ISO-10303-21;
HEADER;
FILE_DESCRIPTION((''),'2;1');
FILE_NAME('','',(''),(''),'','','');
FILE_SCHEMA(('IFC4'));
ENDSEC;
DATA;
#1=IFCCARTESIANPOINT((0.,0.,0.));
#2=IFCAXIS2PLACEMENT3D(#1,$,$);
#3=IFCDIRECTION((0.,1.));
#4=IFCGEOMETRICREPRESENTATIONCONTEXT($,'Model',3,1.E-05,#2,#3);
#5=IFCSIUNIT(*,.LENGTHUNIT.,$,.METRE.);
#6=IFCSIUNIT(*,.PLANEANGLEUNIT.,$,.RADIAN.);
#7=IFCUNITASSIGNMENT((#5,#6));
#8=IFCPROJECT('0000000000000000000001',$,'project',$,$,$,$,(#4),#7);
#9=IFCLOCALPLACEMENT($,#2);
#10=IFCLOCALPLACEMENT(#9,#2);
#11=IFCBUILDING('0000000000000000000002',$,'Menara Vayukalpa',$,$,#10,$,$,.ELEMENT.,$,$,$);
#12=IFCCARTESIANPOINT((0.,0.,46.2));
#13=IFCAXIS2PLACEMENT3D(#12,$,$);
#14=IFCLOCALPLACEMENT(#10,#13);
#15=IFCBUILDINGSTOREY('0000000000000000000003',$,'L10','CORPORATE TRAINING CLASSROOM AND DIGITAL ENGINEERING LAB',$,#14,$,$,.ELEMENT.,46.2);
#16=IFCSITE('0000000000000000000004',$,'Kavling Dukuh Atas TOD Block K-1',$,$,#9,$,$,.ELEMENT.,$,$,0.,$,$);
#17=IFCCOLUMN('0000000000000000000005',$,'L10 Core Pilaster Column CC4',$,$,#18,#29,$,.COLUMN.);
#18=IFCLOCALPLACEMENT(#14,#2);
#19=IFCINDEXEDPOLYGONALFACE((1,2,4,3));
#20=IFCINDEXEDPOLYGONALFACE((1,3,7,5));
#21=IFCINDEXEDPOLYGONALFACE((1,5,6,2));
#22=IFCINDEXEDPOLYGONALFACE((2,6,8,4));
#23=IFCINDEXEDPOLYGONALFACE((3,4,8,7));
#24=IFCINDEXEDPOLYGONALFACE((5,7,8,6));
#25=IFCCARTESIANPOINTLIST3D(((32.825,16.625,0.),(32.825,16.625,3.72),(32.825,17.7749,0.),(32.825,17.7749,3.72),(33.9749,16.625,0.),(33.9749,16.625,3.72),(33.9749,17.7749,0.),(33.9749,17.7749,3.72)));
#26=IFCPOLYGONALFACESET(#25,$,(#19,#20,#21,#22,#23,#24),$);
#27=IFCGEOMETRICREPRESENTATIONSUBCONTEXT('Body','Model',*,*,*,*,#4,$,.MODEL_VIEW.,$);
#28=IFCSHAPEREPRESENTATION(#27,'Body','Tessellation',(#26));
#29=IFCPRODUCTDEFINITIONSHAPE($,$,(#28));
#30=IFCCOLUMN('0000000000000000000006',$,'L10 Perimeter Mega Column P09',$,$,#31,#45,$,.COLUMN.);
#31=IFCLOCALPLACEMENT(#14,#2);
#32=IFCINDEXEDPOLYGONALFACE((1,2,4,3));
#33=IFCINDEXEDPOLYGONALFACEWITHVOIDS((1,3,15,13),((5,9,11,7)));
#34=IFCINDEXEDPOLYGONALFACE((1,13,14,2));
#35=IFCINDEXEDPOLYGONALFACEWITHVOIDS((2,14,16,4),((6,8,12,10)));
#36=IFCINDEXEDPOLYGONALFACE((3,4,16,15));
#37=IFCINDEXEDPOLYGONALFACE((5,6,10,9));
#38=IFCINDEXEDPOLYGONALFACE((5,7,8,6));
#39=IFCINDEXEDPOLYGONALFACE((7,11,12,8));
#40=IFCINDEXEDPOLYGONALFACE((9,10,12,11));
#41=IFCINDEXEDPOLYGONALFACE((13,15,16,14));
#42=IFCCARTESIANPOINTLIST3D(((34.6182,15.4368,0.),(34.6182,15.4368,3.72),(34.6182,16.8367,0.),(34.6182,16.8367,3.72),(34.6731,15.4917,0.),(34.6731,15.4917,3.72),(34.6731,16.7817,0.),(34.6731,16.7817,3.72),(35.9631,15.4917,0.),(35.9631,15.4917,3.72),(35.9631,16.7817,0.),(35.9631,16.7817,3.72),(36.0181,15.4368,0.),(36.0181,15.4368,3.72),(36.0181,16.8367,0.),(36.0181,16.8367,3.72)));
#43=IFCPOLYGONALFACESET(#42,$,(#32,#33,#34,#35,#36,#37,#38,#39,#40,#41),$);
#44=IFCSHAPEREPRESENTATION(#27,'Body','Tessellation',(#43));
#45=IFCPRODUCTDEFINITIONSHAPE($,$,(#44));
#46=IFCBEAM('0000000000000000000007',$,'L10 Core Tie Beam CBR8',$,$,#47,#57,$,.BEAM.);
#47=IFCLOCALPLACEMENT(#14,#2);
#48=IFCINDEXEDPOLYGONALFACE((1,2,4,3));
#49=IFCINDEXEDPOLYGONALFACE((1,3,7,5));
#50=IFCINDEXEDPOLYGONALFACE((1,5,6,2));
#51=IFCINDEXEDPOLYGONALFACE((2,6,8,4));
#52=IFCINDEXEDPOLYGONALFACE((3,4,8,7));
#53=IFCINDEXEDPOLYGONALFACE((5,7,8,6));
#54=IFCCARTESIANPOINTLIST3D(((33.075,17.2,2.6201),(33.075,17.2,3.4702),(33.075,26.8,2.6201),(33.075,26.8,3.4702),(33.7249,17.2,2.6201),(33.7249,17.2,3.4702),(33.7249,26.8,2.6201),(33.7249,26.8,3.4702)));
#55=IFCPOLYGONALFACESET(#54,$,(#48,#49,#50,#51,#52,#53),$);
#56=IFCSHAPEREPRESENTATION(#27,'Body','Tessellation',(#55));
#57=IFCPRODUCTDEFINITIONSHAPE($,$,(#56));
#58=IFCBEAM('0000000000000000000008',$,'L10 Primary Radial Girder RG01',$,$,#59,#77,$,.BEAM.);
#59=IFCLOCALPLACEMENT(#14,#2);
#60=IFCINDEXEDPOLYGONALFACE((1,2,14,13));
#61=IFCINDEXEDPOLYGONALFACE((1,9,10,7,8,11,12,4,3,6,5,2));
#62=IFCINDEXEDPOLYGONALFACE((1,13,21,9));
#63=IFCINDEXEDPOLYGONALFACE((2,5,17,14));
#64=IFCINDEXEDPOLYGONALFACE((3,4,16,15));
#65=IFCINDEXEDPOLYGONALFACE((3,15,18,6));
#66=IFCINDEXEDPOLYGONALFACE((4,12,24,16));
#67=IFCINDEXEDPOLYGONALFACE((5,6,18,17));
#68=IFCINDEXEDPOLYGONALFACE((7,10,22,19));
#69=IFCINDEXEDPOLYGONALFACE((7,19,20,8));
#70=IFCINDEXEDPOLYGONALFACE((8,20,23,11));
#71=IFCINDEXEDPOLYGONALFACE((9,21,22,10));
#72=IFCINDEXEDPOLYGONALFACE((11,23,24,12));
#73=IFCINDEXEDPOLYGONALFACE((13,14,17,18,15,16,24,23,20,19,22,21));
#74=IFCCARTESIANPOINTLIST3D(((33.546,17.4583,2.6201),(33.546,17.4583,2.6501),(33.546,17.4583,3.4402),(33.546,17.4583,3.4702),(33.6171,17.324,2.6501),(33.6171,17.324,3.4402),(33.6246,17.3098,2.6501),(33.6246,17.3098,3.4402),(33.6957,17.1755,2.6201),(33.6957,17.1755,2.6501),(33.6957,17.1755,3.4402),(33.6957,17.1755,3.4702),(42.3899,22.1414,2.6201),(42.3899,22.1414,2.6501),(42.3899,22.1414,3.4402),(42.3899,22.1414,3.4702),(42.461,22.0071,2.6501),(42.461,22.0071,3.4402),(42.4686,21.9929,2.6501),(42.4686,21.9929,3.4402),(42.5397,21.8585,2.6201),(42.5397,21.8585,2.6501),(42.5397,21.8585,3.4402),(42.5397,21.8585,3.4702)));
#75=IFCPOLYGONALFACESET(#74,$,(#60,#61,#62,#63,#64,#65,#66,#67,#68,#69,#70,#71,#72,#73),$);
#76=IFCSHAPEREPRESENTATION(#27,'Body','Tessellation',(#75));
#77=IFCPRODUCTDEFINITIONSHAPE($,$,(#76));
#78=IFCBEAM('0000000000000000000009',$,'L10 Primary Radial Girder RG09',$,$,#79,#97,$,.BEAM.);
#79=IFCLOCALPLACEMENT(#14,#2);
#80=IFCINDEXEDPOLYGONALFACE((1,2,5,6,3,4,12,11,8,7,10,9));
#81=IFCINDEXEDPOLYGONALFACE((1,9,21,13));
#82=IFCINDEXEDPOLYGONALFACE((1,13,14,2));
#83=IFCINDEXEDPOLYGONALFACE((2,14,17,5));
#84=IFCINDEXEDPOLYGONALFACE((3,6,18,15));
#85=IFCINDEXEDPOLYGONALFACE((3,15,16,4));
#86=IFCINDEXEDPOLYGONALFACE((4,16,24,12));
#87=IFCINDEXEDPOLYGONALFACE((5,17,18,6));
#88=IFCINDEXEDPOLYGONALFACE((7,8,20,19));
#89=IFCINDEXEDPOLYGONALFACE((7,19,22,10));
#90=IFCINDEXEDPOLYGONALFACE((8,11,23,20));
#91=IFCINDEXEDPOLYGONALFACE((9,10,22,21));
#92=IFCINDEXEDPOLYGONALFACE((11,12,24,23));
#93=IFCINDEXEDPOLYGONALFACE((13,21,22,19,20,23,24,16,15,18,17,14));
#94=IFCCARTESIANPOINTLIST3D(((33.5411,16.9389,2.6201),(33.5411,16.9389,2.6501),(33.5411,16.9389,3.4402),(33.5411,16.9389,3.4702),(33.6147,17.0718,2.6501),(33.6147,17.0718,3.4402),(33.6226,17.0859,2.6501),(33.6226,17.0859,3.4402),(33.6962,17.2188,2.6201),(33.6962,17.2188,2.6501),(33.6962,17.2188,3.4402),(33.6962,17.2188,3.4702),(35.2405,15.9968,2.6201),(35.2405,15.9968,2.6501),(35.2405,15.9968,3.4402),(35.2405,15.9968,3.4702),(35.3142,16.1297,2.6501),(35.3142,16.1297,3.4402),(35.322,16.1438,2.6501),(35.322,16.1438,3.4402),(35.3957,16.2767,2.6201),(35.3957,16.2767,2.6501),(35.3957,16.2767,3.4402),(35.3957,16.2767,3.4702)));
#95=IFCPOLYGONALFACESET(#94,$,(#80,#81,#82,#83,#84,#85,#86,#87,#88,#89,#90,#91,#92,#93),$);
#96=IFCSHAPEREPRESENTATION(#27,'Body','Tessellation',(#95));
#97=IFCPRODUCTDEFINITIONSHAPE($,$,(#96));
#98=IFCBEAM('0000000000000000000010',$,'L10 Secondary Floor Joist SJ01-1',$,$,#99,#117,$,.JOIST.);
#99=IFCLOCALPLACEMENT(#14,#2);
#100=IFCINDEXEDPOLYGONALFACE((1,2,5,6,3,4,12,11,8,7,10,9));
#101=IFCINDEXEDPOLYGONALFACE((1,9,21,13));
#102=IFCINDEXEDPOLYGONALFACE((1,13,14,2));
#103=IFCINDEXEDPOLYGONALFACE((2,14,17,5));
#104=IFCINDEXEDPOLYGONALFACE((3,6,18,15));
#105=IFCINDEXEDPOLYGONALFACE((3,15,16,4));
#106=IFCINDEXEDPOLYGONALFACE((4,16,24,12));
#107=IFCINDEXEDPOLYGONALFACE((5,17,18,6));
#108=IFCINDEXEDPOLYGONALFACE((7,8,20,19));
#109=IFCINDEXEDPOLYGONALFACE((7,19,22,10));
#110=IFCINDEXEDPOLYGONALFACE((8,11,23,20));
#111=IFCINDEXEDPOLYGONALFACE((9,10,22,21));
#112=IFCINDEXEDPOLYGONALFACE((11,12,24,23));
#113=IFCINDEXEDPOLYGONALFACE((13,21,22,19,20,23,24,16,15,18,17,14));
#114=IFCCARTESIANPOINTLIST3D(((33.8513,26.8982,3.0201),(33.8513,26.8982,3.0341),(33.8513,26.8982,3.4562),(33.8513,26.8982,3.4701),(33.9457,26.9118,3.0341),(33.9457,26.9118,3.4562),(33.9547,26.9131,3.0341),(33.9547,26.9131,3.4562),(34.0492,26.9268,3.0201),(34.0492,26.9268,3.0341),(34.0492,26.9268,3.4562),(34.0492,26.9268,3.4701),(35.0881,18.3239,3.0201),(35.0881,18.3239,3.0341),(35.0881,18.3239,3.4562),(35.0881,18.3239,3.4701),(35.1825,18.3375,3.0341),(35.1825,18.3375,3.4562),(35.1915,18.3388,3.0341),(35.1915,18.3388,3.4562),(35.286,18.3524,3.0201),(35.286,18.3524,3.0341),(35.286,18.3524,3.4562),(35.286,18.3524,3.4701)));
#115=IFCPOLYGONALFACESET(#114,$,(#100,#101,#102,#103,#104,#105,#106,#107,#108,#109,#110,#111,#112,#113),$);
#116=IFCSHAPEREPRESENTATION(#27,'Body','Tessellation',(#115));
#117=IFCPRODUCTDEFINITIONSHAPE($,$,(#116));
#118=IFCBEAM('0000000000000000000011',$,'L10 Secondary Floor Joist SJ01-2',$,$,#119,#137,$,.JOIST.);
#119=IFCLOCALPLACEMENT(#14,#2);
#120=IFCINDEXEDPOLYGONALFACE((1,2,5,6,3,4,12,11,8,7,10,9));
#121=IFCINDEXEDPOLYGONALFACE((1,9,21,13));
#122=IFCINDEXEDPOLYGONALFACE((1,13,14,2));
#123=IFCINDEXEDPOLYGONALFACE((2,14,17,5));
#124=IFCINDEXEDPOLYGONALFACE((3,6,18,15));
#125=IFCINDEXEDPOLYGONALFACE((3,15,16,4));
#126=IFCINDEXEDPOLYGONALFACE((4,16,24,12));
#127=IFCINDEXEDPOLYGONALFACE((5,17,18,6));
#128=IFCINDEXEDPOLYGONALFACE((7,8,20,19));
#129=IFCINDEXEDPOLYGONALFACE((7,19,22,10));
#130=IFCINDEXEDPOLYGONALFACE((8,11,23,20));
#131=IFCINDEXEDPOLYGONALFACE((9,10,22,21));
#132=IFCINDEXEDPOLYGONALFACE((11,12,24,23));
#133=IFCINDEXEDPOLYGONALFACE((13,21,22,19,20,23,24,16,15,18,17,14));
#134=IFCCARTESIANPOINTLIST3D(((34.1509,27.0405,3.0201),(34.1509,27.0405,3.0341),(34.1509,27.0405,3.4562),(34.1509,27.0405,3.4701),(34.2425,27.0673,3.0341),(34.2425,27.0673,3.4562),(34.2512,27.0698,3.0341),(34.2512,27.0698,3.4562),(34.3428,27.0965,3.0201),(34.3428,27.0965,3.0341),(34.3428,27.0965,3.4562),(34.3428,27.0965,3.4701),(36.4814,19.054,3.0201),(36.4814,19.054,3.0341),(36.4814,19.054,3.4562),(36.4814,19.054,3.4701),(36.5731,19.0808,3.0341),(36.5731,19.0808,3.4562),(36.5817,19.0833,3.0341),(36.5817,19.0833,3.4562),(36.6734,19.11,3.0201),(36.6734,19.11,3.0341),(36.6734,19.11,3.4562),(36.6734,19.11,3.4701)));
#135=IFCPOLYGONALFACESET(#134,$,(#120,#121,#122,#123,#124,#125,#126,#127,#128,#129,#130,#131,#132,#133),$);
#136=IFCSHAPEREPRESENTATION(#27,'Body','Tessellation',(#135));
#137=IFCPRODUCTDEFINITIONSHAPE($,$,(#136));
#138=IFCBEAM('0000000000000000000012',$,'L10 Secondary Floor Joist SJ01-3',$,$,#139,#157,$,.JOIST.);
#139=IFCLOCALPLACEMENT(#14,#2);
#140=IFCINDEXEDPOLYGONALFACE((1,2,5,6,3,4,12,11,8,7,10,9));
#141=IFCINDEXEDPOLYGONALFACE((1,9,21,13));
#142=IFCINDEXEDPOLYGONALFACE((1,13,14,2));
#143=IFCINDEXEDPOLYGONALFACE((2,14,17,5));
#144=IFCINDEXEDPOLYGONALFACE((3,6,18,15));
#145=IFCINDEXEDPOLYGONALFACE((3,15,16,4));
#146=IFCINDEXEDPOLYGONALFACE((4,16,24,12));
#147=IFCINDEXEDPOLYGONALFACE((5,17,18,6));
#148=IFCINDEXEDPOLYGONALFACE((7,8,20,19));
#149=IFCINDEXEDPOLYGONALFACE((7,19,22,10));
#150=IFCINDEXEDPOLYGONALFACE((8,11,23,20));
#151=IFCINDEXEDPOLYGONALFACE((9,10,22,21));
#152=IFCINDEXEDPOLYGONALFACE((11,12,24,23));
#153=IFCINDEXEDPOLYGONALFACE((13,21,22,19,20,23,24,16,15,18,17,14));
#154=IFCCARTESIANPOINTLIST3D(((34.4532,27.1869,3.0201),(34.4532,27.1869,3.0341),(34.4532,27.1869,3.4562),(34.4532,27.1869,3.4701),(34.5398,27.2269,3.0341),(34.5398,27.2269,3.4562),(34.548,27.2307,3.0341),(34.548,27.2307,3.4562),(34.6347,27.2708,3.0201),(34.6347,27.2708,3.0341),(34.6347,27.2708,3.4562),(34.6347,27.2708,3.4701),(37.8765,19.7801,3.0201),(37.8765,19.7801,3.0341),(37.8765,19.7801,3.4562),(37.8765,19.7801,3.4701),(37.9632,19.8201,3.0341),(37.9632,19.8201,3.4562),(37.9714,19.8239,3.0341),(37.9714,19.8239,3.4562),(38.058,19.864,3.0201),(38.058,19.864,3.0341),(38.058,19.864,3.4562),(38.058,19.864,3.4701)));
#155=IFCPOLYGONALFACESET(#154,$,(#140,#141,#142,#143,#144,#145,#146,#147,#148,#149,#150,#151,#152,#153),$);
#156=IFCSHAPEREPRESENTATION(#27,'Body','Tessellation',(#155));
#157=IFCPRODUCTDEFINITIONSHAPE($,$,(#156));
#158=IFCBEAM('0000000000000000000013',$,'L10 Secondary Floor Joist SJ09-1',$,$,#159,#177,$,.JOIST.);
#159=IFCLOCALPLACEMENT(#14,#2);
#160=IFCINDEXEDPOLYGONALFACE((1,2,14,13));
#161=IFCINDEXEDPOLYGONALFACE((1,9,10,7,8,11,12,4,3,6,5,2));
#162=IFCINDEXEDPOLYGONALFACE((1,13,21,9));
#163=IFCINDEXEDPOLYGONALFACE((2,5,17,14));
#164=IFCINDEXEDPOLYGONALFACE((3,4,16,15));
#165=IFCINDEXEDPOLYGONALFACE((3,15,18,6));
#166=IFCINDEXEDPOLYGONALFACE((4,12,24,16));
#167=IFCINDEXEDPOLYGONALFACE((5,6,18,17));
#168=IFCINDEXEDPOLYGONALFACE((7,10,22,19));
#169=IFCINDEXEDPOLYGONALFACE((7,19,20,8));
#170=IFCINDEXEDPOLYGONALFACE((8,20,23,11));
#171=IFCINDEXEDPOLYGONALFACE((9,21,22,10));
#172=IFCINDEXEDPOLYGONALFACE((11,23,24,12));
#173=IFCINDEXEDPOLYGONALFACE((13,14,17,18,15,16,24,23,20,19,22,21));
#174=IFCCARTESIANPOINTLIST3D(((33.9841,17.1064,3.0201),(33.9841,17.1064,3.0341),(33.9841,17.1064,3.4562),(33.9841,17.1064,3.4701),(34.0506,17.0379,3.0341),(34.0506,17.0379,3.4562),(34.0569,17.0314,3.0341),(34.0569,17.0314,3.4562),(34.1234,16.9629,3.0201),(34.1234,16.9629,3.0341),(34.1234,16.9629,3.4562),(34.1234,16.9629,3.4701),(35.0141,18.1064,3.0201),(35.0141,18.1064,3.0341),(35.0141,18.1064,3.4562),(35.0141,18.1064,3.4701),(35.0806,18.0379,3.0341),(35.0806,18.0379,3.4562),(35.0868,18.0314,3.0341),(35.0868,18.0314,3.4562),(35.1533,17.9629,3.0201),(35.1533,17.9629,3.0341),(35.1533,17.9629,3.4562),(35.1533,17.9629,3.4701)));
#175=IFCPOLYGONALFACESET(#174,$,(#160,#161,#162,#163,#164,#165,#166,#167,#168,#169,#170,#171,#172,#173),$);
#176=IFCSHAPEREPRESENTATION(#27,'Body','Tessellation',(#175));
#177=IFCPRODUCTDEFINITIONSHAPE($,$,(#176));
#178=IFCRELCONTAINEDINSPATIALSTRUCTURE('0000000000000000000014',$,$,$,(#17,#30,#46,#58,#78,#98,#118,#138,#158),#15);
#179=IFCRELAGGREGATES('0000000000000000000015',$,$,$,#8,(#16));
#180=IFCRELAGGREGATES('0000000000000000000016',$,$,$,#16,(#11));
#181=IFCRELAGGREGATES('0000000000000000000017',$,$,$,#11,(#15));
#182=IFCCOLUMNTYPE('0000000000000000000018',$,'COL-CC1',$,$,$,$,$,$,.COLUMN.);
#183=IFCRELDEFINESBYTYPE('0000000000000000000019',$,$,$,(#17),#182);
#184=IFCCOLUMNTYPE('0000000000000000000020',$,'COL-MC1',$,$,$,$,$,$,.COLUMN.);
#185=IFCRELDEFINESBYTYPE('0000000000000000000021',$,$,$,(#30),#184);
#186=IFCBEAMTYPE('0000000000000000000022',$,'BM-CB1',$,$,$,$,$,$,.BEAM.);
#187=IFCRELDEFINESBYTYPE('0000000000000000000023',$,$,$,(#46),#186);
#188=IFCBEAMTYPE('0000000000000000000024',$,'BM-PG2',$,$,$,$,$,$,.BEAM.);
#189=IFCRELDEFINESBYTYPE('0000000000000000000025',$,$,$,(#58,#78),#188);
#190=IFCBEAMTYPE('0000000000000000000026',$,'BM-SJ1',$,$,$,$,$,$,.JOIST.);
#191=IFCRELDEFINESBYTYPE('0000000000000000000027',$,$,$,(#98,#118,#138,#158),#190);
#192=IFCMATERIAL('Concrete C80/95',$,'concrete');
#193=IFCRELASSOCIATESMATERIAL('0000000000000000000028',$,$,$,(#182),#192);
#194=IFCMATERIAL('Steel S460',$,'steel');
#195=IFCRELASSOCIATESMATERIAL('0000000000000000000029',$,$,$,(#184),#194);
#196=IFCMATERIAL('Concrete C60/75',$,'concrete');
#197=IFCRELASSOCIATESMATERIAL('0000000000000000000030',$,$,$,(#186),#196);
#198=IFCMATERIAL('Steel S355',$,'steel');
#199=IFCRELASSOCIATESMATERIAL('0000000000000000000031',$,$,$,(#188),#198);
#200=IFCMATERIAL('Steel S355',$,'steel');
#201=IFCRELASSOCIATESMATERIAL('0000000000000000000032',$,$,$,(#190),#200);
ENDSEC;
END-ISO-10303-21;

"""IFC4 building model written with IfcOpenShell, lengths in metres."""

from ifc_helpers import new_model, si_unit, direction, frame, origin, origin_2d, place, context, subcontext, project, spatial, rectangle, hollow_rectangle, i_section, extrude, material, material_profile, profile_set, type_object, element, save


model = new_model("IFC4")

# Units and contexts
model_context = context("Model", 3, precision=1e-05, world=origin(), true_north=direction((0.0, 1.0)))
body_context = subcontext(model_context, "Body", "Model", "MODEL_VIEW")
ifc_project = project(units=[si_unit("LENGTHUNIT", "METRE"), si_unit("PLANEANGLEUNIT", "RADIAN")], contexts=[model_context])

# Site, building, storey
site_placement = place(None, origin())
site = spatial("IfcSite", under=ifc_project, at=site_placement, Name="Kavling Dukuh Atas TOD Block K-1", CompositionType="ELEMENT", RefElevation=0.0)
building_placement = place(site_placement, origin())
building = spatial("IfcBuilding", under=site, at=building_placement, Name="Menara Vayukalpa", CompositionType="ELEMENT")
storey_placement = place(building_placement, frame((0.0, 0.0, 46.2)))
storey = spatial("IfcBuildingStorey", under=building, at=storey_placement, Name="L10", Description="CORPORATE TRAINING CLASSROOM AND DIGITAL ENGINEERING LAB", CompositionType="ELEMENT", Elevation=46.2)

# Columns
ifc_material_1 = material(Name="Concrete C80/95", Category="concrete")
ifc_material_profile_1 = material_profile(ifc_material_1, rectangle(XDim=1.1499, YDim=1.1499, at=origin_2d()), Name="RC 1150x1150")
ifc_profile_set_1 = profile_set([ifc_material_profile_1], Name="Concrete C80/95")
column_type_1 = type_object("IfcColumnType", Name="COL-CC1", PredefinedType="COLUMN", material=ifc_profile_set_1)
column_1_placement = place(storey_placement, frame((33.3999, 17.2, 0.0), z_axis=(0.0, 0.0, 1.0), x_axis=(1.0, 0.0, 0.0)))
element("IfcColumn", 1, at=column_1_placement, inside=storey, type_object=column_type_1, Name="L10 Core Pilaster Column CC4", PredefinedType="COLUMN", context=body_context, shape_type="SweptSolid", body=[
    extrude(rectangle(XDim=1.1499, YDim=1.1499, at=origin_2d()), origin(), (0.0, 0.0, 1.0), 3.72),
])
ifc_material_2 = material(Name="Steel S460", Category="steel")
ifc_material_profile_2 = material_profile(ifc_material_2, hollow_rectangle(XDim=1.3999, YDim=1.3999, WallThickness=0.0549, at=origin_2d()), Name="BOX 1400x1400x55")
ifc_profile_set_2 = profile_set([ifc_material_profile_2], Name="Steel S460")
column_type_2 = type_object("IfcColumnType", Name="COL-MC1", PredefinedType="COLUMN", material=ifc_profile_set_2)
column_2_placement = place(storey_placement, frame((35.3181, 16.1367, 0.0), z_axis=(0.0, 0.0, 1.0), x_axis=(1.0, 0.0, 0.0)))
element("IfcColumn", 2, at=column_2_placement, inside=storey, type_object=column_type_2, Name="L10 Perimeter Mega Column P09", PredefinedType="COLUMN", context=body_context, shape_type="SweptSolid", body=[
    extrude(hollow_rectangle(XDim=1.3999, YDim=1.3999, WallThickness=0.0549, at=origin_2d()), origin(), (0.0, 0.0, 1.0), 3.72),
])

# Beams
ifc_material_3 = material(Name="Concrete C60/75", Category="concrete")
ifc_material_profile_3 = material_profile(ifc_material_3, rectangle(XDim=0.6499, YDim=0.8501, at=origin_2d()), Name="RC 650x850")
ifc_profile_set_3 = profile_set([ifc_material_profile_3], Name="Concrete C60/75")
beam_type_1 = type_object("IfcBeamType", Name="BM-CB1", PredefinedType="BEAM", material=ifc_profile_set_3)
beam_1_placement = place(storey_placement, frame((33.3999, 17.2, 3.0452), z_axis=(0.0, 1.0, 0.0), x_axis=(-1.0, 0.0, 0.0)))
element("IfcBeam", 3, at=beam_1_placement, inside=storey, type_object=beam_type_1, Name="L10 Core Tie Beam CBR8", PredefinedType="BEAM", context=body_context, shape_type="SweptSolid", body=[
    extrude(rectangle(XDim=0.6499, YDim=0.8501, at=origin_2d()), origin(), (0.0, 0.0, 1.0), 9.6001),
])
ifc_material_4 = material(Name="Steel S355", Category="steel")
ifc_material_profile_4 = material_profile(ifc_material_4, i_section(OverallWidth=0.3201, OverallDepth=0.8501, WebThickness=0.0161, FlangeThickness=0.03, at=origin_2d()), Name="WF 850x320x16x30")
ifc_profile_set_4 = profile_set([ifc_material_profile_4], Name="Steel S355")
beam_type_2 = type_object("IfcBeamType", Name="BM-PG2", PredefinedType="BEAM", material=ifc_profile_set_4)
beam_2_placement = place(storey_placement, frame((33.6208, 17.3169, 3.0452), z_axis=(0.883747, 0.467965, 0.0), x_axis=(-0.467965, 0.883747, 0.0)))
element("IfcBeam", 4, at=beam_2_placement, inside=storey, type_object=beam_type_2, Name="L10 Primary Radial Girder RG01", PredefinedType="BEAM", context=body_context, shape_type="SweptSolid", body=[
    extrude(i_section(OverallWidth=0.3201, OverallDepth=0.8501, WebThickness=0.0161, FlangeThickness=0.03, at=origin_2d()), origin(), (0.0, 0.0, 1.0), 10.0073),
])
beam_3_placement = place(storey_placement, frame((33.6187, 17.0789, 3.0452), z_axis=(0.874595, -0.484853, 0.0), x_axis=(0.484853, 0.874595, 0.0)))
element("IfcBeam", 5, at=beam_3_placement, inside=storey, type_object=beam_type_2, Name="L10 Primary Radial Girder RG09", PredefinedType="BEAM", context=body_context, shape_type="SweptSolid", body=[
    extrude(i_section(OverallWidth=0.3201, OverallDepth=0.8501, WebThickness=0.0161, FlangeThickness=0.03, at=origin_2d()), origin(), (0.0, 0.0, 1.0), 1.9431),
])
ifc_material_5 = material(Name="Steel S355", Category="steel")
ifc_material_profile_5 = material_profile(ifc_material_5, i_section(OverallWidth=0.2, OverallDepth=0.45, WebThickness=0.009, FlangeThickness=0.0139, at=origin_2d()), Name="WF 450x200x9x14")
ifc_profile_set_5 = profile_set([ifc_material_profile_5], Name="Steel S355")
beam_type_3 = type_object("IfcBeamType", Name="BM-SJ1", PredefinedType="JOIST", material=ifc_profile_set_5)
beam_4_placement = place(storey_placement, frame((35.187, 18.3381, 3.2451), z_axis=(-0.142767, 0.989756, 0.0), x_axis=(-0.989756, -0.142767, 0.0)))
element("IfcBeam", 6, at=beam_4_placement, inside=storey, type_object=beam_type_3, Name="L10 Secondary Floor Joist SJ01-1", PredefinedType="JOIST", context=body_context, shape_type="SweptSolid", body=[
    extrude(i_section(OverallWidth=0.2, OverallDepth=0.45, WebThickness=0.009, FlangeThickness=0.0139, at=origin_2d()), origin(), (0.0, 0.0, 1.0), 8.6631),
])
beam_5_placement = place(storey_placement, frame((36.5774, 19.082, 3.2451), z_axis=(-0.280127, 0.959963, 0.0), x_axis=(-0.959963, -0.280127, 0.0)))
element("IfcBeam", 7, at=beam_5_placement, inside=storey, type_object=beam_type_3, Name="L10 Secondary Floor Joist SJ01-2", PredefinedType="JOIST", context=body_context, shape_type="SweptSolid", body=[
    extrude(i_section(OverallWidth=0.2, OverallDepth=0.45, WebThickness=0.009, FlangeThickness=0.0139, at=origin_2d()), origin(), (0.0, 0.0, 1.0), 8.3196),
])
beam_6_placement = place(storey_placement, frame((37.9673, 19.822, 3.2451), z_axis=(-0.419548, 0.907733, 0.0), x_axis=(-0.907733, -0.419548, 0.0)))
element("IfcBeam", 8, at=beam_6_placement, inside=storey, type_object=beam_type_3, Name="L10 Secondary Floor Joist SJ01-3", PredefinedType="JOIST", context=body_context, shape_type="SweptSolid", body=[
    extrude(i_section(OverallWidth=0.2, OverallDepth=0.45, WebThickness=0.009, FlangeThickness=0.0139, at=origin_2d()), origin(), (0.0, 0.0, 1.0), 8.1597),
])
beam_7_placement = place(storey_placement, frame((34.0537, 17.0347, 3.2451), z_axis=(0.717488, 0.696571, 0.0), x_axis=(-0.696571, 0.717488, 0.0)))
element("IfcBeam", 9, at=beam_7_placement, inside=storey, type_object=beam_type_3, Name="L10 Secondary Floor Joist SJ09-1", PredefinedType="JOIST", context=body_context, shape_type="SweptSolid", body=[
    extrude(i_section(OverallWidth=0.2, OverallDepth=0.45, WebThickness=0.009, FlangeThickness=0.0139, at=origin_2d()), origin(), (0.0, 0.0, 1.0), 1.4355),
])

save(model, "model.ifc")
